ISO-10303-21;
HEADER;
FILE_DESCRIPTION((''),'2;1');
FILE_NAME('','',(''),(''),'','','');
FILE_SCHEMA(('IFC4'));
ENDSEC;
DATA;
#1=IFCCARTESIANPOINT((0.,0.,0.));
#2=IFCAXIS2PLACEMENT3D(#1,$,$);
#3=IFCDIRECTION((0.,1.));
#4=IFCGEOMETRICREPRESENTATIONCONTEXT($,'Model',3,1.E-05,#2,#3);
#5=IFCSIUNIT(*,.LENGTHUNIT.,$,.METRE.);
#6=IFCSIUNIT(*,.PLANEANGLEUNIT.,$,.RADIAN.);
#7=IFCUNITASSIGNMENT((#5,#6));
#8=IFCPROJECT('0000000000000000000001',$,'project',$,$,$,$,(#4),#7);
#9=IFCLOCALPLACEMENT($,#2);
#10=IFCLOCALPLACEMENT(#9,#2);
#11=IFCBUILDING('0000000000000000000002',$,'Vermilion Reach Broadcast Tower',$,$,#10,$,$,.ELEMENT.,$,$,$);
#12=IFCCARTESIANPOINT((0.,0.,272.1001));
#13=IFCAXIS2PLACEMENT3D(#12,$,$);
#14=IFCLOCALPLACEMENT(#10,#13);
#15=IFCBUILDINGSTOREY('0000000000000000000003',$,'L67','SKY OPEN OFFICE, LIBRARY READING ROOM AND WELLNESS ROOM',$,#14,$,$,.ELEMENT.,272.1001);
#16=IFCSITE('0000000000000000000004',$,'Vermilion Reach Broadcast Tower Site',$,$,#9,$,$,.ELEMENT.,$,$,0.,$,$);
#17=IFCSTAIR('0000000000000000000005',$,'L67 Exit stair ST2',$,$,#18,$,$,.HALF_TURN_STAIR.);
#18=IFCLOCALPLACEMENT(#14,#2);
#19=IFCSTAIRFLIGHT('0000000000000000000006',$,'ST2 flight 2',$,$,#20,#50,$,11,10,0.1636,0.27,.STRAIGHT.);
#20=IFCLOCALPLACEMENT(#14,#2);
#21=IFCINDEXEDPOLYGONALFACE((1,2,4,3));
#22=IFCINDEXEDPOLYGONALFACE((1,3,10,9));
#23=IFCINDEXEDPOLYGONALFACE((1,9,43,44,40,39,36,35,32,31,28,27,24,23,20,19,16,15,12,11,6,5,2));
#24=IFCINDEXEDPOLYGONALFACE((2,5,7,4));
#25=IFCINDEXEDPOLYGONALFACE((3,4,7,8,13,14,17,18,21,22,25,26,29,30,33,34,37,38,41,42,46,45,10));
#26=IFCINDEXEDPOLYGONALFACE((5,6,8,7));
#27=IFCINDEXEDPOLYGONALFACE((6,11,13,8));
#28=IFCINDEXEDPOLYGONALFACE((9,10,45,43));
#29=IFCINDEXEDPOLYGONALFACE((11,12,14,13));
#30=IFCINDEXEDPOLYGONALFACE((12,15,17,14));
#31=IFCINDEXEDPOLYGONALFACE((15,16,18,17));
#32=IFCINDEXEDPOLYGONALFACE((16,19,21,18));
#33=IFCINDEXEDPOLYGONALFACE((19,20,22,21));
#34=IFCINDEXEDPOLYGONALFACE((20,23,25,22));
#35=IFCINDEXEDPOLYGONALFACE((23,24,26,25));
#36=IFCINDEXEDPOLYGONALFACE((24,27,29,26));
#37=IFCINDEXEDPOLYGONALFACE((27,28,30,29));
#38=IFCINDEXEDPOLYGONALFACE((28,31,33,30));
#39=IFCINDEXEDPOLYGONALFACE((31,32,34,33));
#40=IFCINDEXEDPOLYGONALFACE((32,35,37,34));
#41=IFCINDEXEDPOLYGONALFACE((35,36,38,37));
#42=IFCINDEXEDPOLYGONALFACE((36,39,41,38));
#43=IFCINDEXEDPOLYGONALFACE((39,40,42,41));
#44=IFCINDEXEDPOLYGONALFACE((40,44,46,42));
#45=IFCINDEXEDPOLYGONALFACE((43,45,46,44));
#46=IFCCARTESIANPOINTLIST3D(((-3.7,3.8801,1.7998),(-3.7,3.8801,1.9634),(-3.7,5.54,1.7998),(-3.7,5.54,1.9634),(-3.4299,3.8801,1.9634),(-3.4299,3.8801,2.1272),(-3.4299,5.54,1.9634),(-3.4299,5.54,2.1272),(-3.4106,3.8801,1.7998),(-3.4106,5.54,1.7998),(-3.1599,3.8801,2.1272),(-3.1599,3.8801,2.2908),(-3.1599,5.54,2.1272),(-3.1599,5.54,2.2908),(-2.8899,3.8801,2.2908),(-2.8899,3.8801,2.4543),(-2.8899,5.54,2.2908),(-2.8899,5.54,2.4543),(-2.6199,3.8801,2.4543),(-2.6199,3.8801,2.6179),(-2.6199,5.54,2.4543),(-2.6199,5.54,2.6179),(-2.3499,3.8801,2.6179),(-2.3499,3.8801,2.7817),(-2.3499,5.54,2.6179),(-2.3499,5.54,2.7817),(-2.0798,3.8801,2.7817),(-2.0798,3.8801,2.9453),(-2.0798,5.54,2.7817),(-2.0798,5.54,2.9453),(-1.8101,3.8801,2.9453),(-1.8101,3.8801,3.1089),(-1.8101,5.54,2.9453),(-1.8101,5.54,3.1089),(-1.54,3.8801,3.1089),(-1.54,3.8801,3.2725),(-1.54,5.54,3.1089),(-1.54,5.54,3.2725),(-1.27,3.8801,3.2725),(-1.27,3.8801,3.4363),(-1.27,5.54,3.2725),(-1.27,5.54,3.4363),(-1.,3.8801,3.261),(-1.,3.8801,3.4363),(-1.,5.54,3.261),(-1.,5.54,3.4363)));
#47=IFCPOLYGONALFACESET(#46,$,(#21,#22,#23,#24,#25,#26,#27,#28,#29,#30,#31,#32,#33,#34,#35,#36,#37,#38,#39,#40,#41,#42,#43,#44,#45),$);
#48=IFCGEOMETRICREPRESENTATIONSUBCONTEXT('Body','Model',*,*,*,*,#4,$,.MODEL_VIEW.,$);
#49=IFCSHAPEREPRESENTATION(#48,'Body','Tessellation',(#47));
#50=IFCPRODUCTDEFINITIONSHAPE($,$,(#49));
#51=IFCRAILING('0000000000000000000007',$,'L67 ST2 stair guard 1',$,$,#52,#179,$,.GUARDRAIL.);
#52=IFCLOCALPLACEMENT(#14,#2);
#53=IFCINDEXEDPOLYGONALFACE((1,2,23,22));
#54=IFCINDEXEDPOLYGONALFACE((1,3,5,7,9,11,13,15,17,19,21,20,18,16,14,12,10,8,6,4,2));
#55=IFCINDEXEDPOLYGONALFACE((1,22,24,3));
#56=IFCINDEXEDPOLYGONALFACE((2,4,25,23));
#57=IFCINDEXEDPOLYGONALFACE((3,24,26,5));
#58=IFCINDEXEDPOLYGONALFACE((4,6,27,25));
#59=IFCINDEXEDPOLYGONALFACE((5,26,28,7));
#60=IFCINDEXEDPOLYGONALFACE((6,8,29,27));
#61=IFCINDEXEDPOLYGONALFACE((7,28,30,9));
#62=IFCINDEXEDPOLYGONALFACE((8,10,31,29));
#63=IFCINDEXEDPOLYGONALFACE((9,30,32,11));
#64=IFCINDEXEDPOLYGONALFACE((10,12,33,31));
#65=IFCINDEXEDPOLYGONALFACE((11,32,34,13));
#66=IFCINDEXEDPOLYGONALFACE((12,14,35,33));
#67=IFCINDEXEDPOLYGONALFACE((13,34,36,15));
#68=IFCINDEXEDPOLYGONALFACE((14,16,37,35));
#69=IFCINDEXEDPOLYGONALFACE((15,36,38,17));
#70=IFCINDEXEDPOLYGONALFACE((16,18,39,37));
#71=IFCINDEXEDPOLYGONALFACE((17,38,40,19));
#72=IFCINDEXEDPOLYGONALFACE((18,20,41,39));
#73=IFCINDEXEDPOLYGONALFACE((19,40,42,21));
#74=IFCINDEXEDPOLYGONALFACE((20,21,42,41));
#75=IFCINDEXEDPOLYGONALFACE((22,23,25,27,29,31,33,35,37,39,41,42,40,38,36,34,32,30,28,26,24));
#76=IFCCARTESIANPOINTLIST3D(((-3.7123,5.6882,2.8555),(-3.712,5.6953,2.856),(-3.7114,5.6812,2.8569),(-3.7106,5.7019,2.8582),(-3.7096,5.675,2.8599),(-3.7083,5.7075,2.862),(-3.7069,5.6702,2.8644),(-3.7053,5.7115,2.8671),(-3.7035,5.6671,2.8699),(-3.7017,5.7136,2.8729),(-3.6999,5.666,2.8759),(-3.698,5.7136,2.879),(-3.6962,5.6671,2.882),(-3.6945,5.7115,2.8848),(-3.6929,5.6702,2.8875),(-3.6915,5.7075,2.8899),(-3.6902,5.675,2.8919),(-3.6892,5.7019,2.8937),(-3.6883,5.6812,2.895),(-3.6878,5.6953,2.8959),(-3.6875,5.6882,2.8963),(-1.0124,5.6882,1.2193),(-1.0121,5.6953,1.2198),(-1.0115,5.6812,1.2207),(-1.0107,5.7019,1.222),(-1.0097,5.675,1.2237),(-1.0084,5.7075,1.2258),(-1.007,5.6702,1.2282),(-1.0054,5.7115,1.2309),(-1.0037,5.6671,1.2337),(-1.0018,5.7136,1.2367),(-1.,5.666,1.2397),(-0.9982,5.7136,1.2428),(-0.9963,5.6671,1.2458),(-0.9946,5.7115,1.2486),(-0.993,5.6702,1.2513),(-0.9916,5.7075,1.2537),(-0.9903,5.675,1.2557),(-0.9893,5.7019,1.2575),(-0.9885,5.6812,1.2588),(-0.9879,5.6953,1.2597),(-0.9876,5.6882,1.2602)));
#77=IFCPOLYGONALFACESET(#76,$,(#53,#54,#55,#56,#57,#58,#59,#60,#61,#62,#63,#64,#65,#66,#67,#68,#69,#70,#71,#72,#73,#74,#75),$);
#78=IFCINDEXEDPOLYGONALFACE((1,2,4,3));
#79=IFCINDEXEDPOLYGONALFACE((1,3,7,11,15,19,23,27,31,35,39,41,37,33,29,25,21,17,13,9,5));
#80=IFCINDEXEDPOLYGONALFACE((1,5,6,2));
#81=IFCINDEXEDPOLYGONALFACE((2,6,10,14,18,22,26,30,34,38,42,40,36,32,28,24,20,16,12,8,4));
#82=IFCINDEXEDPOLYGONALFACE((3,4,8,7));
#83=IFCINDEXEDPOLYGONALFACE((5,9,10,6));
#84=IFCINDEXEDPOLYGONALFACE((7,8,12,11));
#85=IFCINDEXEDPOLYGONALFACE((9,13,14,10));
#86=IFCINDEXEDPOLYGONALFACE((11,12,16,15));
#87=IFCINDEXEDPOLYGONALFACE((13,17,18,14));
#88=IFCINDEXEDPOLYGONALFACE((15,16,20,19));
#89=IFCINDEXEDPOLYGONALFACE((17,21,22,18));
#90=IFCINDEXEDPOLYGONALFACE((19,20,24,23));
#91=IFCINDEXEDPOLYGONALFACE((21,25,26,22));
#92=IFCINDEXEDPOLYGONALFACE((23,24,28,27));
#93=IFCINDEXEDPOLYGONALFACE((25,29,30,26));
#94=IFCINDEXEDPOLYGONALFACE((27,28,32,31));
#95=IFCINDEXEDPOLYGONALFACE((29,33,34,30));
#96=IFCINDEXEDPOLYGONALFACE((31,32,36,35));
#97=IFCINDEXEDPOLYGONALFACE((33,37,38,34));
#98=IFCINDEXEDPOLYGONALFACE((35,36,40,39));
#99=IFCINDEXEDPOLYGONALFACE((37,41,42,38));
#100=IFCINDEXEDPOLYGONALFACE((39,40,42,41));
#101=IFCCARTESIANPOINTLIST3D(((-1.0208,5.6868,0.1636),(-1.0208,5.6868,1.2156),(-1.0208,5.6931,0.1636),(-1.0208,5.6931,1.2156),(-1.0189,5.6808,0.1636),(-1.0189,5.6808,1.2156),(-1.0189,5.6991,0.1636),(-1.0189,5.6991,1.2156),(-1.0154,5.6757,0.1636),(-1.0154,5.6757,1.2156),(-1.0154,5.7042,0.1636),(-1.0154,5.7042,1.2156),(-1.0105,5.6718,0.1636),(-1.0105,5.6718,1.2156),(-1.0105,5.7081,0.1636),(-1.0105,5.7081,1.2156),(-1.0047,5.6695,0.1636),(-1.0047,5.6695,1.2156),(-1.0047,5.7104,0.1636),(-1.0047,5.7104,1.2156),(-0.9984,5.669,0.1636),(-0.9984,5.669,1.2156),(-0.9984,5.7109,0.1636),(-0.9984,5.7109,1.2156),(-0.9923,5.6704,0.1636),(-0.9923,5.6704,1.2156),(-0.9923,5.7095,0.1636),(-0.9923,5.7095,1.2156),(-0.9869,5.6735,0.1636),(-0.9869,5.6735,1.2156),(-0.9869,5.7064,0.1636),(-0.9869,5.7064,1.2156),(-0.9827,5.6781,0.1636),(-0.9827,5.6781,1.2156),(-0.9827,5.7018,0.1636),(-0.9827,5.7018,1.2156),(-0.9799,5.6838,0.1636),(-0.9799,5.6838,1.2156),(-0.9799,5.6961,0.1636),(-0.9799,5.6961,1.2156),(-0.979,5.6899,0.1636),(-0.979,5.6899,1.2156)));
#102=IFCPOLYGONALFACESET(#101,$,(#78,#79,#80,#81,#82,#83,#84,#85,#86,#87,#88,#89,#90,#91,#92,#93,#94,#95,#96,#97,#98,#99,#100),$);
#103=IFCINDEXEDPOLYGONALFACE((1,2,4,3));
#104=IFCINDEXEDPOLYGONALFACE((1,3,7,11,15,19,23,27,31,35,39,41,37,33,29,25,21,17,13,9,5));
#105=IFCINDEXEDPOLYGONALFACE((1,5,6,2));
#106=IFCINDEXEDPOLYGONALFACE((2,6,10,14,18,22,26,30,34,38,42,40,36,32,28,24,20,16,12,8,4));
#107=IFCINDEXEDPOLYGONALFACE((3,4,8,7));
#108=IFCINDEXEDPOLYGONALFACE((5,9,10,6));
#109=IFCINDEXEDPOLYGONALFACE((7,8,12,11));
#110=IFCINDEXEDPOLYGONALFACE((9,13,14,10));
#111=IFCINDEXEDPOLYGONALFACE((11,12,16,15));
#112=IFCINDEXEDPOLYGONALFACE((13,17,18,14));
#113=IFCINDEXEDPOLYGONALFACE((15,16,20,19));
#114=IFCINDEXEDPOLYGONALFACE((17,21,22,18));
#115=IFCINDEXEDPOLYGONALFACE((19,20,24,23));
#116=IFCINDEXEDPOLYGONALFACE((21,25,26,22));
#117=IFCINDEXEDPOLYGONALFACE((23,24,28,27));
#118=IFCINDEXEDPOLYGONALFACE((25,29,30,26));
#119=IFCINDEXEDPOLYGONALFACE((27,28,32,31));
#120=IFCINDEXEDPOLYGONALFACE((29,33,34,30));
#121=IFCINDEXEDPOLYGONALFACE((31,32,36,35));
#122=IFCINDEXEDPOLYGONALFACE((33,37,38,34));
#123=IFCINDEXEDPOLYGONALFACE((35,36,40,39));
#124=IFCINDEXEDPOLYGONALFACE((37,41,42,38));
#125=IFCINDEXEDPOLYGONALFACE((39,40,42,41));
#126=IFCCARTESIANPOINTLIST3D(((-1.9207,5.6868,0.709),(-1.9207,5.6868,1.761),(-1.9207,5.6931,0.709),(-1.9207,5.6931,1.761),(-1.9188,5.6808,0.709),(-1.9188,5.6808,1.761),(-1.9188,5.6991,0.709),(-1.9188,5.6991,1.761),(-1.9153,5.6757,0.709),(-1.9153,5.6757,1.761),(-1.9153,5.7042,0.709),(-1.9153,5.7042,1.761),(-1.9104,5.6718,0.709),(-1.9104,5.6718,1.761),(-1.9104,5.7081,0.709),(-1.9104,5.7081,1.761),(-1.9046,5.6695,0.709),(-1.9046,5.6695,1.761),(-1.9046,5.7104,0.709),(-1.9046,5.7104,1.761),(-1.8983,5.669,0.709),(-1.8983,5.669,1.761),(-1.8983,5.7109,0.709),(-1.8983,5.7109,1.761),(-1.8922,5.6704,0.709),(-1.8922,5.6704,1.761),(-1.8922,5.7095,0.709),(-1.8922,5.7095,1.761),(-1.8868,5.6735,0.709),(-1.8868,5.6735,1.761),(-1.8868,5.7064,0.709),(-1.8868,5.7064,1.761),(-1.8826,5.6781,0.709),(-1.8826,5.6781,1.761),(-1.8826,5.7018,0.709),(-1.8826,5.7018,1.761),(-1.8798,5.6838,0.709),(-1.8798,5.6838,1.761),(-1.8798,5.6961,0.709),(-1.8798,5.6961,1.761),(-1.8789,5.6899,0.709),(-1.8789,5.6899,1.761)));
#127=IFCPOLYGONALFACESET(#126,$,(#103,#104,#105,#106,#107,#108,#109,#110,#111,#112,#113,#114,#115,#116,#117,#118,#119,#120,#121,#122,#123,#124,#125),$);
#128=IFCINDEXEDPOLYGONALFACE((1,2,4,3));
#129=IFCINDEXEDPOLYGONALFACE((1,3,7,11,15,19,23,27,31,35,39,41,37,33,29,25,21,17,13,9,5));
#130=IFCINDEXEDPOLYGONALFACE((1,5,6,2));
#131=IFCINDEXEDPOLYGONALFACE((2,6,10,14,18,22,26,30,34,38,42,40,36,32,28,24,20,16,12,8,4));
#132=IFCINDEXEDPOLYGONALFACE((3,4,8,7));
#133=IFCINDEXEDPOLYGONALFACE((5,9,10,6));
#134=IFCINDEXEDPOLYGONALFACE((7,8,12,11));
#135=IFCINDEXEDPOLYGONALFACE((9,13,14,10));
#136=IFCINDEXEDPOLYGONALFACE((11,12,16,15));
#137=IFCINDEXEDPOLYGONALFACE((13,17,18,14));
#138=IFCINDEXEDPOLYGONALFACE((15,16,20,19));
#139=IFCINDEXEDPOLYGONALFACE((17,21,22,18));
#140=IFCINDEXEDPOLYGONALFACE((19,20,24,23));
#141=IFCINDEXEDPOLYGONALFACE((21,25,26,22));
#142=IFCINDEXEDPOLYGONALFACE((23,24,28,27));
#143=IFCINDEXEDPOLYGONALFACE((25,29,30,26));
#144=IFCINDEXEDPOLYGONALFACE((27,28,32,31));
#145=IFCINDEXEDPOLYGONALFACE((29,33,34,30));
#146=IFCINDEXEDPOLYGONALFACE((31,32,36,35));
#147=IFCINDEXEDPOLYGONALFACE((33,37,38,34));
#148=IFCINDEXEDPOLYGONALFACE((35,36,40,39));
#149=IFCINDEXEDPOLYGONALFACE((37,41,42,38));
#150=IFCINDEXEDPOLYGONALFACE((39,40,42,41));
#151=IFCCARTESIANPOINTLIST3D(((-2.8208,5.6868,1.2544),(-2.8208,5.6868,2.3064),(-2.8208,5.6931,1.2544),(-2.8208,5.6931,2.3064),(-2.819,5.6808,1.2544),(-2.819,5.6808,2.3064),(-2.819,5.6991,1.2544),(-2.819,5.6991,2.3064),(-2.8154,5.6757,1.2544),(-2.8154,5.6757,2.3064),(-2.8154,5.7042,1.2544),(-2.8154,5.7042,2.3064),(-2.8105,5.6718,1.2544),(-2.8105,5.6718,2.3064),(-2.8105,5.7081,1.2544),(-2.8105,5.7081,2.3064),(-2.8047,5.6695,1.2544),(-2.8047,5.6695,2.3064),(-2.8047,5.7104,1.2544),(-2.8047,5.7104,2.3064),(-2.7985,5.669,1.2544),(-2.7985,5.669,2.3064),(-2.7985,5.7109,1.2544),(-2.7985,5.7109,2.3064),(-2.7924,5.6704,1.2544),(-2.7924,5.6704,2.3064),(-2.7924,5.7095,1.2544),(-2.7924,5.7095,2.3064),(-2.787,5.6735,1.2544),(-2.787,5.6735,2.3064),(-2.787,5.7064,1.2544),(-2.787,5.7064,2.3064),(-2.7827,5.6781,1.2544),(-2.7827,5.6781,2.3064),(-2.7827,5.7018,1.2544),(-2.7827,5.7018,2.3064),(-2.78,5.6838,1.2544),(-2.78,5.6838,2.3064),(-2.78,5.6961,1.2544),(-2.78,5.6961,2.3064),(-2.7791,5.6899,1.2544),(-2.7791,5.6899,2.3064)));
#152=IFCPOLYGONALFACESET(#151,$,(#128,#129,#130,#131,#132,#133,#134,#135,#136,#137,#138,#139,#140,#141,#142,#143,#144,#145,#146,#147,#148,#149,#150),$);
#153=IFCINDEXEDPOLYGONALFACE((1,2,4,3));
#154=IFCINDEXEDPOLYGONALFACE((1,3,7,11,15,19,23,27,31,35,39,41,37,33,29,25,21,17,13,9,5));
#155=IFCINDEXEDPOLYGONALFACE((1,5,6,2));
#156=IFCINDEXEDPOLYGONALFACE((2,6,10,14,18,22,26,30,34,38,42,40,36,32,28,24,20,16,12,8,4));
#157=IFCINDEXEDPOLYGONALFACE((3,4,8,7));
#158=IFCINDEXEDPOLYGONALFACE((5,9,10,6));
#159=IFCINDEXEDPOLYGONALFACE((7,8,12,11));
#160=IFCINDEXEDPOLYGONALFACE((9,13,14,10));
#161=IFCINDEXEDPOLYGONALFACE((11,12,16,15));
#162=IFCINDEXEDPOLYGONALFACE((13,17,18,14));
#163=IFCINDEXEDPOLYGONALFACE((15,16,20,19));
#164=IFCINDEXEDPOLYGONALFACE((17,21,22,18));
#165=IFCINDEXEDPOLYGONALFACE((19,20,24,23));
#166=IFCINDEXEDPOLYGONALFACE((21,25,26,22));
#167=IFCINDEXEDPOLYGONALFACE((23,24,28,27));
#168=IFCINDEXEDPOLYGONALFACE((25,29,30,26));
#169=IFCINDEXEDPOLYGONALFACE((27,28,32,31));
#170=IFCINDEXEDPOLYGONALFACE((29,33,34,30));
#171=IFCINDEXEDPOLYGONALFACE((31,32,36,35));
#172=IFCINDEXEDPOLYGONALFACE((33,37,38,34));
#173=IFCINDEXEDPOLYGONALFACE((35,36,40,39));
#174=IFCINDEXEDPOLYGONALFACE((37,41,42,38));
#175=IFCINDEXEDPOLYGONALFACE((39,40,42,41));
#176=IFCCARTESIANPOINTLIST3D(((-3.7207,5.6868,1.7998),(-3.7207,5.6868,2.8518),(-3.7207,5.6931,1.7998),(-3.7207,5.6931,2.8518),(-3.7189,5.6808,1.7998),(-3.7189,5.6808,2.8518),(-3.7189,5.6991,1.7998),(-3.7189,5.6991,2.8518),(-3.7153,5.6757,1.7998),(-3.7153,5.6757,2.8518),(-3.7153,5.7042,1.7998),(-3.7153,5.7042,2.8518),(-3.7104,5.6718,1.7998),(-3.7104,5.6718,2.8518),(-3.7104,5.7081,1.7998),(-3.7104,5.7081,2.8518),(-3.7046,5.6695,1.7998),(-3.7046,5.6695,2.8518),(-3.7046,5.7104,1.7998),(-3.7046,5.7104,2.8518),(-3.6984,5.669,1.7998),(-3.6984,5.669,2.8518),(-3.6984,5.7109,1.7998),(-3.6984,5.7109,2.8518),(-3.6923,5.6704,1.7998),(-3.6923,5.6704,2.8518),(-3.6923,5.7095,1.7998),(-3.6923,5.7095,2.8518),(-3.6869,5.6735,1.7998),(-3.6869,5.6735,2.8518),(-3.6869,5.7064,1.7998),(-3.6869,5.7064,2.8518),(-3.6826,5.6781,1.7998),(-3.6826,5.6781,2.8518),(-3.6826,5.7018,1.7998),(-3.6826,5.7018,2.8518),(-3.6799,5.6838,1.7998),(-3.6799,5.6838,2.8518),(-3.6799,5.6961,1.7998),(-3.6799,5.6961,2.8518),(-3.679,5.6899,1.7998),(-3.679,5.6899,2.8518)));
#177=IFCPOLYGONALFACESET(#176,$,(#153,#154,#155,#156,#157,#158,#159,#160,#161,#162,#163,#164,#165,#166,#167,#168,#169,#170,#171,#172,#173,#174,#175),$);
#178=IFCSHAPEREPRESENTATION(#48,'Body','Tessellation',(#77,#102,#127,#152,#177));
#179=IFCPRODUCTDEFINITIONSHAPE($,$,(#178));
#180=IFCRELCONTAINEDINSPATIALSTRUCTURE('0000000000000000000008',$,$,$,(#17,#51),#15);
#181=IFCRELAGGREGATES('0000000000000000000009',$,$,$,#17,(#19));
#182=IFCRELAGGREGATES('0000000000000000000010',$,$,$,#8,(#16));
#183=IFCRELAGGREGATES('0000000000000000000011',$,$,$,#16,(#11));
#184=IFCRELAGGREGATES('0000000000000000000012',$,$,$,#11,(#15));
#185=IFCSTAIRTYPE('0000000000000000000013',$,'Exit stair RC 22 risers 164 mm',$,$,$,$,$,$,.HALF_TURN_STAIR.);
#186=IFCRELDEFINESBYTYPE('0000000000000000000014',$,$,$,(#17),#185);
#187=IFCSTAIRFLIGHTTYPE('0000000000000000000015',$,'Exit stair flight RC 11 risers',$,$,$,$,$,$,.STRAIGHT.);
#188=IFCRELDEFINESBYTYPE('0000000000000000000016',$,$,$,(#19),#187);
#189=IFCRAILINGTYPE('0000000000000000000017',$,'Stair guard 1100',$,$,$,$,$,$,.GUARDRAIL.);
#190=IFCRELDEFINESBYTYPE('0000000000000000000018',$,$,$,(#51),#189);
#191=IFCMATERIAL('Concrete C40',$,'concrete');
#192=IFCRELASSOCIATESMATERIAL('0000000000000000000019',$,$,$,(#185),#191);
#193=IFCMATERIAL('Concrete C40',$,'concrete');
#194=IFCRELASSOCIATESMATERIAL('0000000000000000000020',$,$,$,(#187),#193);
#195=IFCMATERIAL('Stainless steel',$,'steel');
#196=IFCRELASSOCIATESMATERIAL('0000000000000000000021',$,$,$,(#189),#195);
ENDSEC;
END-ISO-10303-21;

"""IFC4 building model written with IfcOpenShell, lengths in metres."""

from ifc_helpers import new_model, si_unit, direction, frame, origin, origin_2d, place, context, subcontext, project, spatial, polyline, circle, outline, extrude, material, type_object, element, aggregate, save


model = new_model("IFC4")

# Units and contexts
model_context = context("Model", 3, precision=1e-05, world=origin(), true_north=direction((0.0, 1.0)))
body_context = subcontext(model_context, "Body", "Model", "MODEL_VIEW")
ifc_project = project(units=[si_unit("LENGTHUNIT", "METRE"), si_unit("PLANEANGLEUNIT", "RADIAN")], contexts=[model_context])

# Site, building, storey
site_placement = place(None, origin())
site = spatial("IfcSite", under=ifc_project, at=site_placement, Name="Vermilion Reach Broadcast Tower Site", CompositionType="ELEMENT", RefElevation=0.0)
building_placement = place(site_placement, origin())
building = spatial("IfcBuilding", under=site, at=building_placement, Name="Vermilion Reach Broadcast Tower", CompositionType="ELEMENT")
storey_placement = place(building_placement, frame((0.0, 0.0, 272.1001)))
storey = spatial("IfcBuildingStorey", under=building, at=storey_placement, Name="L67", Description="SKY OPEN OFFICE, LIBRARY READING ROOM AND WELLNESS ROOM", CompositionType="ELEMENT", Elevation=272.1001)

# Stair
ifc_material_1 = material(Name="Concrete C40", Category="concrete")
stair_type = type_object("IfcStairType", Name="Exit stair RC 22 risers 164 mm", PredefinedType="HALF_TURN_STAIR", material=ifc_material_1)
placement_1 = place(storey_placement, origin())
stair_1 = element("IfcStair", 1, at=placement_1, inside=storey, type_object=stair_type, Name="L67 Exit stair ST2", PredefinedType="HALF_TURN_STAIR")

# Stair flight
ifc_material_2 = material(Name="Concrete C40", Category="concrete")
stair_flight_type = type_object("IfcStairFlightType", Name="Exit stair flight RC 11 risers", PredefinedType="STRAIGHT", material=ifc_material_2)
stair_flight_1_placement = place(storey_placement, frame((-3.7, 4.71, 1.7998), z_axis=(0.0, 0.0, 1.0), x_axis=(1.0, 0.0, 0.0)))
stair_flight_1 = element("IfcStairFlight", 2, at=stair_flight_1_placement, type_object=stair_flight_type, Name="ST2 flight 2", NumberOfRisers=11, NumberOfTreads=10, PredefinedType="STRAIGHT", RiserHeight=0.1636, TreadLength=0.27, context=body_context, shape_type="SweptSolid", body=[
    extrude(outline(polyline([(0.0, 0.0), (0.0, 0.1636), (0.27, 0.1636), (0.27, 0.3274), (0.54, 0.3274), (0.54, 0.491), (0.8101, 0.491), (0.8101, 0.6545), (1.0801, 0.6545), (1.0801, 0.8181), (1.3501, 0.8181), (1.3501, 0.9819), (1.6201, 0.9819), (1.6201, 1.1455), (1.8899, 1.1455), (1.8899, 1.3091), (2.1599, 1.3091), (2.1599, 1.4727), (2.4299, 1.4727), (2.4299, 1.6365), (2.7, 1.6365), (2.7, 1.8), (2.7, 1.4612), (0.2893, 0.0), (0.0, 0.0)])), frame((0.0, 0.8301, 0.0), z_axis=(0.0, -1.0, 0.0), x_axis=(1.0, 0.0, 0.0)), (0.0, 0.0, 1.0), 1.6599),
])
aggregate(stair_1, [stair_flight_1])

# Railing
ifc_material_3 = material(Name="Stainless steel", Category="steel")
railing_type_1 = type_object("IfcRailingType", Name="Stair guard 1100", PredefinedType="GUARDRAIL", material=ifc_material_3)
railing_1_placement = place(storey_placement, frame((-1.0, 5.6899, 0.1636)))
element("IfcRailing", 3, at=railing_1_placement, inside=storey, type_object=railing_type_1, Name="L67 ST2 stair guard 1", PredefinedType="GUARDRAIL", context=body_context, shape_type="SweptSolid", body=[
    extrude(circle(Radius=0.0239, at=origin_2d()), frame((0.0, 0.0, 1.0762), z_axis=(-0.855212, 0.0, 0.518278), x_axis=(0.0, -1.0, 0.0)), (0.0, 0.0, 1.0), 3.157),
    extrude(circle(Radius=0.021, at=origin_2d()), origin(), (0.0, 0.0, 1.0), 1.052),
    extrude(circle(Radius=0.021, at=origin_2d()), frame((-0.8999, 0.0, 0.5454)), (0.0, 0.0, 1.0), 1.052),
    extrude(circle(Radius=0.021, at=origin_2d()), frame((-1.8, 0.0, 1.0908)), (0.0, 0.0, 1.0), 1.052),
    extrude(circle(Radius=0.021, at=origin_2d()), frame((-2.7, 0.0, 1.6362)), (0.0, 0.0, 1.0), 1.052),
])

save(model, "model.ifc")
